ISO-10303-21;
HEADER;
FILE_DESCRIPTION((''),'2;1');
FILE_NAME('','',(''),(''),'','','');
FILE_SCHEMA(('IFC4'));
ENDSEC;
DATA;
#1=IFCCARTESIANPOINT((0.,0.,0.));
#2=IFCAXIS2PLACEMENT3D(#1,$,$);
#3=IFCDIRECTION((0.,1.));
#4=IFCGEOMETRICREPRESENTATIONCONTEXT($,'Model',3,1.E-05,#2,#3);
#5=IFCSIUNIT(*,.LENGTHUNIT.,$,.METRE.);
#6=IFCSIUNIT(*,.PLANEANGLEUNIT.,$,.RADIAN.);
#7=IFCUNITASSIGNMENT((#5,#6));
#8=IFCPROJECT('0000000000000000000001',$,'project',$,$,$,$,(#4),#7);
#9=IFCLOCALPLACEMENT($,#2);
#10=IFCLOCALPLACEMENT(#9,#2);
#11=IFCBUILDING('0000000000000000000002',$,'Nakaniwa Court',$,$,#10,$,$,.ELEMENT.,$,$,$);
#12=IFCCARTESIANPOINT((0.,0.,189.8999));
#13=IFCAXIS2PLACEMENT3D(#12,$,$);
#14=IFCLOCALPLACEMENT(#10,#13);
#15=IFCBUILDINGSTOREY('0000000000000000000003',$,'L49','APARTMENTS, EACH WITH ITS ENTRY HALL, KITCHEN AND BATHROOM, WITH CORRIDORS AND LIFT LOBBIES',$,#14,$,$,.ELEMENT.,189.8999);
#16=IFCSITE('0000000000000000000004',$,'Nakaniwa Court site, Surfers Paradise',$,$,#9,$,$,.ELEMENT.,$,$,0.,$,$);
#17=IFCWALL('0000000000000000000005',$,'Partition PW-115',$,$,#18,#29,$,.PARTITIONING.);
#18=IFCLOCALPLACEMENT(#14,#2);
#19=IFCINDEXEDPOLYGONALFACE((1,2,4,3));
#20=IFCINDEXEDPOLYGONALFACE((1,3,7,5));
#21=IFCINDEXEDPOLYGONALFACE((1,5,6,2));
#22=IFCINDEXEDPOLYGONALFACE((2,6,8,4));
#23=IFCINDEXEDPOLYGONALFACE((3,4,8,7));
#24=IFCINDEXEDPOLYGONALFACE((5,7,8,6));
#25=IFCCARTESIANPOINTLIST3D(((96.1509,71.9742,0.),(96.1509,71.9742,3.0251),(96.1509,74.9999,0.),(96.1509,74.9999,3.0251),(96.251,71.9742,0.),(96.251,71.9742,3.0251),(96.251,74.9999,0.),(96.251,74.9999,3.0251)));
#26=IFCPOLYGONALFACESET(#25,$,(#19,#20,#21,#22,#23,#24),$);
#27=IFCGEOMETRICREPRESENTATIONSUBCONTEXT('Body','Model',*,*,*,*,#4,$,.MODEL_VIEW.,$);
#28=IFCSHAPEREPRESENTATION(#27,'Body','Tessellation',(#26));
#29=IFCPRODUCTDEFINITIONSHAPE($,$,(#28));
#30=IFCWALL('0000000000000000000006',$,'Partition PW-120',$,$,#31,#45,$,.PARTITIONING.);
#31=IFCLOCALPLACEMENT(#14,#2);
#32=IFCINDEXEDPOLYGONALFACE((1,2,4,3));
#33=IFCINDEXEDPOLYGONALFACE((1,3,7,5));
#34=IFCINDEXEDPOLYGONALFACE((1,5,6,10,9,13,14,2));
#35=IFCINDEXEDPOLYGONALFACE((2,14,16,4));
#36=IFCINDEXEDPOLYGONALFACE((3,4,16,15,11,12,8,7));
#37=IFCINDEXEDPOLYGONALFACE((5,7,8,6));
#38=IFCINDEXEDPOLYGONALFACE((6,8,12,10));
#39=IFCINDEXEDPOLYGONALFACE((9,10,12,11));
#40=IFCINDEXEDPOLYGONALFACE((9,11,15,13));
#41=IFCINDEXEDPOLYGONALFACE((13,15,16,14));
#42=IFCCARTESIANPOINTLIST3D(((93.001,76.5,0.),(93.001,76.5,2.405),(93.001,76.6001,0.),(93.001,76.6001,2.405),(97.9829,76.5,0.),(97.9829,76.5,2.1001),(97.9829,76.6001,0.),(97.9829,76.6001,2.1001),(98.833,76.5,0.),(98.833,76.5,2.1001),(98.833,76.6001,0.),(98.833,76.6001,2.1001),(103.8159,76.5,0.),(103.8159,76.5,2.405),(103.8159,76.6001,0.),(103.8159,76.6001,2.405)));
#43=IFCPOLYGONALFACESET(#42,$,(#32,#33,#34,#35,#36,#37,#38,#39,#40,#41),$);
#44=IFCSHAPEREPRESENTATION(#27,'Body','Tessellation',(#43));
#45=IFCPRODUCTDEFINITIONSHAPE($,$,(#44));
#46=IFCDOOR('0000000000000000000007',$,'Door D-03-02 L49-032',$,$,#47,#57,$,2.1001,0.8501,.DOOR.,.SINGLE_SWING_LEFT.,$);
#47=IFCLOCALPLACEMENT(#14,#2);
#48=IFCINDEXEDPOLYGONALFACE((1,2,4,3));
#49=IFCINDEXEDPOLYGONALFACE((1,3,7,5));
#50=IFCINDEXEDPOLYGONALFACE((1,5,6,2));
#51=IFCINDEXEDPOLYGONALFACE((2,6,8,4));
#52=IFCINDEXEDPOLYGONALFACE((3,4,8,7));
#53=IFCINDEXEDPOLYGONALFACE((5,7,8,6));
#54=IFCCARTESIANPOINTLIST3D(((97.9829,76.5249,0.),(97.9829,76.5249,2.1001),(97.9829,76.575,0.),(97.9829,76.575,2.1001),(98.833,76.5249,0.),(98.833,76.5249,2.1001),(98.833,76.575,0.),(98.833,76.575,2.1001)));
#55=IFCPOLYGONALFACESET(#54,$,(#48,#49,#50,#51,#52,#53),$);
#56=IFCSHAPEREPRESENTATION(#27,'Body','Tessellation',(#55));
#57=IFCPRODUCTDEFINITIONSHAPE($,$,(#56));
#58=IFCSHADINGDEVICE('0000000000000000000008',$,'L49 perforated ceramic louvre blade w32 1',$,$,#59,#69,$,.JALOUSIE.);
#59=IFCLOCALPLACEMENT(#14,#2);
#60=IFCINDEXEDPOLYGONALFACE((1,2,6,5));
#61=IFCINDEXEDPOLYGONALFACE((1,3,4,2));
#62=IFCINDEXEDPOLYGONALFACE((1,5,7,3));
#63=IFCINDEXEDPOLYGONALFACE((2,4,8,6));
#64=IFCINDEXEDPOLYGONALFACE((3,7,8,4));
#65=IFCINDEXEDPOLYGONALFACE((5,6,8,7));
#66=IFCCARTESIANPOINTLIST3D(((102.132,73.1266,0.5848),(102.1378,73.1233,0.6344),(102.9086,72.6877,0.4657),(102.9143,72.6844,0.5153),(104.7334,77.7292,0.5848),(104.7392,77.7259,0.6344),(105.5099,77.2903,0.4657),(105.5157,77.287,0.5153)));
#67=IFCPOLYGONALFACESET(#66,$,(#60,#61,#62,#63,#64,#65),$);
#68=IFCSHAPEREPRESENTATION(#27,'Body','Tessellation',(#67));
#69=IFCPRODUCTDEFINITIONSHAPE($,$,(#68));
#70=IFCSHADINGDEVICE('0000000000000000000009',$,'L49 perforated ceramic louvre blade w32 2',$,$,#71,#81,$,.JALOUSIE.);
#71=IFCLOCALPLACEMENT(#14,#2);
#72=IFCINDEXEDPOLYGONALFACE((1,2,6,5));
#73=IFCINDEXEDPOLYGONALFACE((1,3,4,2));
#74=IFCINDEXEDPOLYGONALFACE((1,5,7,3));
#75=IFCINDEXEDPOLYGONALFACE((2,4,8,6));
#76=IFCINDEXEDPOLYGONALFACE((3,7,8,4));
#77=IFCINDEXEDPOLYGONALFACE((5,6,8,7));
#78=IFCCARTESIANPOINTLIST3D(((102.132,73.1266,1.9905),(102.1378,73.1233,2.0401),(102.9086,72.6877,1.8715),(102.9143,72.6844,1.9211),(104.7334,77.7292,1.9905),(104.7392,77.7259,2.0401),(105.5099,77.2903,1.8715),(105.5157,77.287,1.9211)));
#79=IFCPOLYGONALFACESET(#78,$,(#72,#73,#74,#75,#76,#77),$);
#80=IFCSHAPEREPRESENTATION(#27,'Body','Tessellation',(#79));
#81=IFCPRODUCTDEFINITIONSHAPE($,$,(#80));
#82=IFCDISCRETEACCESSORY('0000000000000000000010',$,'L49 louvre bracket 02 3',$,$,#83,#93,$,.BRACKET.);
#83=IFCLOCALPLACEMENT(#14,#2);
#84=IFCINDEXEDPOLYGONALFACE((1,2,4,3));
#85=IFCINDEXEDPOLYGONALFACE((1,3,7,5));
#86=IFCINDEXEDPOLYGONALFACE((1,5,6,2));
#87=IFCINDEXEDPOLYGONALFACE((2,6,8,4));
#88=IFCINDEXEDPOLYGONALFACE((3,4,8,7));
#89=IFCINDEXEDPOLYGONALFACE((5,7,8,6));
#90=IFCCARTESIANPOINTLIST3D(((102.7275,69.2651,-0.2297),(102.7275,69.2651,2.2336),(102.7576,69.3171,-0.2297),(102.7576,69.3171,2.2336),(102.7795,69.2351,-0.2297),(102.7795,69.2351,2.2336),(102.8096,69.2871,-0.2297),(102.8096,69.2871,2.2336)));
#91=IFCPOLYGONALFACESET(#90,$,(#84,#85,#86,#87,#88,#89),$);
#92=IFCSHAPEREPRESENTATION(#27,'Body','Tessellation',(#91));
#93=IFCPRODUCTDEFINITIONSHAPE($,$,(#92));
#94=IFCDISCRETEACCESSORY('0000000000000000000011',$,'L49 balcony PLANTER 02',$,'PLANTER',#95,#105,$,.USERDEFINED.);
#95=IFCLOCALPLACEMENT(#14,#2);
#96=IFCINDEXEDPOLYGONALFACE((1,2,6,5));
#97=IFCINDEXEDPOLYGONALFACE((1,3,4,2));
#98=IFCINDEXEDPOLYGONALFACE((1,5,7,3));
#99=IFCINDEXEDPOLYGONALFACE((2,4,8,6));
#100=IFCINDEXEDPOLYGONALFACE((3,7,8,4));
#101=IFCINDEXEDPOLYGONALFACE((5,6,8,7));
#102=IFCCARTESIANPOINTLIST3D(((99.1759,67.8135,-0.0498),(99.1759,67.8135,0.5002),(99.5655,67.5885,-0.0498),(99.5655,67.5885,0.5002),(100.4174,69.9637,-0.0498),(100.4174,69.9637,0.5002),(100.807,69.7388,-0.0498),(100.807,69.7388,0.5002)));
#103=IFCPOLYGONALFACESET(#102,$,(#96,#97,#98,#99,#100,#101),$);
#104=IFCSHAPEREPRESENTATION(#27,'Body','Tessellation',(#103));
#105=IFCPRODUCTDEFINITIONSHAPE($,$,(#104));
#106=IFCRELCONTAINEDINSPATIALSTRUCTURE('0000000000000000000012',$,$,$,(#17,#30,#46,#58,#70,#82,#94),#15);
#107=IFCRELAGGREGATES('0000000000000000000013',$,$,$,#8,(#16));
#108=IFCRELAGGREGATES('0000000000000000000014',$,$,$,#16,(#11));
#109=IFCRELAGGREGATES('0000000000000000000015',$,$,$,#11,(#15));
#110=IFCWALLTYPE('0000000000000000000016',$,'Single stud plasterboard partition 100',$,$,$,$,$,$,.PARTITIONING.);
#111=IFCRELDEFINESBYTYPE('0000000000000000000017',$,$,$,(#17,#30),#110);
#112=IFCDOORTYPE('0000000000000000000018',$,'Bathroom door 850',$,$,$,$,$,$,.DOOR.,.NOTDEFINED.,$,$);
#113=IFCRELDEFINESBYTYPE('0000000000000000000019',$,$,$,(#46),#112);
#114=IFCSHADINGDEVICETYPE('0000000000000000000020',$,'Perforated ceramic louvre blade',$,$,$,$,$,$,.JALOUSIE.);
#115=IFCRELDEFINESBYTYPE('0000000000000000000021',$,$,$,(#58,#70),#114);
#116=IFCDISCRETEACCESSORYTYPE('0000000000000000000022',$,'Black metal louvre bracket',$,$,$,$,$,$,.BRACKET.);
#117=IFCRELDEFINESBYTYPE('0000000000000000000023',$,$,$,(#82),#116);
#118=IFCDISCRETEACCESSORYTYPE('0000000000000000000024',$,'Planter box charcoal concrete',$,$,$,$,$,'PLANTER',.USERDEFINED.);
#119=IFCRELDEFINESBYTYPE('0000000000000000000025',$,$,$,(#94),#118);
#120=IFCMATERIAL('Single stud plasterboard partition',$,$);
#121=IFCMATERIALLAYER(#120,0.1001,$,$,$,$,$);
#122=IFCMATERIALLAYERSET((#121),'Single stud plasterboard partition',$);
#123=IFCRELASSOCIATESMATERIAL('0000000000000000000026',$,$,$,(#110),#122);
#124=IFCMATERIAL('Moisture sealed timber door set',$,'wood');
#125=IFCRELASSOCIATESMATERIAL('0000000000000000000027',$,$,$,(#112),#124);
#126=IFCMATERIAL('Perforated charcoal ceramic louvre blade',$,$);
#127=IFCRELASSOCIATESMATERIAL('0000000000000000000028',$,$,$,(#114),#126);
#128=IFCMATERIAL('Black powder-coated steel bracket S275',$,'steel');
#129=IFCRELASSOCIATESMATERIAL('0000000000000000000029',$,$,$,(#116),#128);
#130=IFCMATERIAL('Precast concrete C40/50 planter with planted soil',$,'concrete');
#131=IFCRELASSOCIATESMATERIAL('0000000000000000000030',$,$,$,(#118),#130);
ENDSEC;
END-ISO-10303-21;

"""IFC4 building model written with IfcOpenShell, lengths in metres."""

from ifc_helpers import new_model, si_unit, direction, frame, frame_2d, origin, origin_2d, place, context, subcontext, project, spatial, rectangle, extrude, material, layer, layer_set, material_profile, profile_set, type_object, element, fill, save


model = new_model("IFC4")

# Units and contexts
model_context = context("Model", 3, precision=1e-05, world=origin(), true_north=direction((0.0, 1.0)))
body_context = subcontext(model_context, "Body", "Model", "MODEL_VIEW")
ifc_project = project(units=[si_unit("LENGTHUNIT", "METRE"), si_unit("PLANEANGLEUNIT", "RADIAN")], contexts=[model_context])

# Site, building, storey
site_placement = place(None, origin())
site = spatial("IfcSite", under=ifc_project, at=site_placement, Name="Nakaniwa Court site, Surfers Paradise", CompositionType="ELEMENT", RefElevation=0.0)
building_placement = place(site_placement, origin())
building = spatial("IfcBuilding", under=site, at=building_placement, Name="Nakaniwa Court", CompositionType="ELEMENT")
storey_placement = place(building_placement, frame((0.0, 0.0, 189.8999)))
storey = spatial("IfcBuildingStorey", under=building, at=storey_placement, Name="L49", Description="APARTMENTS, EACH WITH ITS ENTRY HALL, KITCHEN AND BATHROOM, WITH CORRIDORS AND LIFT LOBBIES", CompositionType="ELEMENT", Elevation=189.8999)

# Shared definitions
ifc_material_1 = material(Name="Single stud plasterboard partition")
ifc_layer_1 = layer(ifc_material_1, 0.1001)
ifc_layer_set_1 = layer_set([ifc_layer_1], Name="Single stud plasterboard partition")
wall_type_1 = type_object("IfcWallType", Name="Single stud plasterboard partition 100", PredefinedType="PARTITIONING", material=ifc_layer_set_1)
ifc_material_2 = material(Name="Moisture sealed timber door set", Category="wood")
door_type_1 = type_object("IfcDoorType", Name="Bathroom door 850", OperationType="NOTDEFINED", PredefinedType="DOOR", material=ifc_material_2)

# Wall
wall_1_placement = place(storey_placement, frame((96.2009, 71.9744, 0.0), z_axis=(0.0, 0.0, 1.0), x_axis=(0.0, 1.0, 0.0)))
element("IfcWall", 1, at=wall_1_placement, inside=storey, type_object=wall_type_1, Name="Partition PW-115", PredefinedType="PARTITIONING", context=body_context, shape_type="SweptSolid", body=[
    extrude(rectangle(XDim=3.0256, YDim=0.1001, at=frame_2d((1.5127, 0.0))), origin(), (0.0, 0.0, 1.0), 3.0251),
])

# Wall, opening, door
wall_2_placement = place(storey_placement, frame((93.001, 76.55, 0.0), z_axis=(0.0, 0.0, 1.0), x_axis=(1.0, 0.0, 0.0)))
wall_2 = element("IfcWall", 2, at=wall_2_placement, inside=storey, type_object=wall_type_1, Name="Partition PW-120", PredefinedType="PARTITIONING", context=body_context, shape_type="SweptSolid", body=[
    extrude(rectangle(XDim=10.8149, YDim=0.1001, at=frame_2d((5.4075, 0.0))), origin(), (0.0, 0.0, 1.0), 2.405),
])
opening_1_placement = place(wall_2_placement, frame((4.9819, 0.0, 0.0)))
opening_1 = element("IfcOpeningElement", 3, at=opening_1_placement, cuts=wall_2, PredefinedType="OPENING", context=body_context, shape_type="SweptSolid", body=[
    extrude(rectangle(XDim=0.8501, YDim=2.1001, at=frame_2d((0.425, 1.05))), frame((0.0, 0.0601, 0.0), z_axis=(0.0, -1.0, 0.0), x_axis=(1.0, 0.0, 0.0)), (0.0, 0.0, 1.0), 0.1201),
])
door_1_placement = place(opening_1_placement, origin())
door_1 = element("IfcDoor", 4, at=door_1_placement, inside=storey, type_object=door_type_1, Name="Door D-03-02 L49-032", OperationType="SINGLE_SWING_LEFT", OverallHeight=2.1001, OverallWidth=0.8501, PredefinedType="DOOR", context=body_context, shape_type="SweptSolid", body=[
    extrude(rectangle(XDim=0.8501, YDim=2.1001, at=frame_2d((0.425, 1.05))), frame((0.0, 0.0249, 0.0), z_axis=(0.0, -1.0, 0.0), x_axis=(1.0, 0.0, 0.0)), (0.0, 0.0, 1.0), 0.05),
])
fill(opening_1, door_1)

# Shading devices
ifc_material_3 = material(Name="Perforated charcoal ceramic louvre blade")
ifc_material_profile_1 = material_profile(ifc_material_3, rectangle(XDim=0.8999, YDim=0.05, at=origin_2d()), Name="Perforated ceramic louvre blade")
ifc_profile_set_1 = profile_set([ifc_material_profile_1], Name="Perforated charcoal ceramic louvre blade")
shading_device_type = type_object("IfcShadingDeviceType", Name="Perforated ceramic louvre blade", PredefinedType="JALOUSIE", material=ifc_profile_set_1)
for number, where, z_axis, x_axis, name in (
    (5, (102.5232, 72.9055, 0.55), (0.492041, 0.870572, 0.0), (-0.862925, 0.487718, 0.132256), "L49 perforated ceramic louvre blade w32 1"),
    (6, (102.5232, 72.9055, 1.9558), (0.492041, 0.870572, 0.0), (-0.862925, 0.487718, 0.132256), "L49 perforated ceramic louvre blade w32 2"),
):
    element("IfcShadingDevice", number, at=place(storey_placement, frame(where, z_axis=z_axis, x_axis=x_axis)), inside=storey, type_object=shading_device_type, Name=name, PredefinedType="JALOUSIE", context=body_context, shape_type="SweptSolid", body=[
        extrude(rectangle(XDim=0.8999, YDim=0.05, at=origin_2d()), origin(), (0.0, 0.0, 1.0), 5.2869),
    ])

# Discrete accessories
ifc_material_4 = material(Name="Black powder-coated steel bracket S275", Category="steel")
discrete_accessory_type_1 = type_object("IfcDiscreteAccessoryType", Name="Black metal louvre bracket", PredefinedType="BRACKET", material=ifc_material_4)
discrete_accessory_1_placement = place(storey_placement, frame((102.7686, 69.2761, -0.2297), z_axis=(0.0, 0.0, 1.0), x_axis=(0.500017, 0.866016, 0.0)))
element("IfcDiscreteAccessory", 7, at=discrete_accessory_1_placement, inside=storey, type_object=discrete_accessory_type_1, Name="L49 louvre bracket 02 3", PredefinedType="BRACKET", context=body_context, shape_type="SweptSolid", body=[
    extrude(rectangle(XDim=0.0601, YDim=0.0601, at=origin_2d()), origin(), (0.0, 0.0, 1.0), 2.4634),
])
ifc_material_5 = material(Name="Precast concrete C40/50 planter with planted soil", Category="concrete")
discrete_accessory_type_2 = type_object("IfcDiscreteAccessoryType", Name="Planter box charcoal concrete", ElementType="PLANTER", PredefinedType="USERDEFINED", material=ifc_material_5)
discrete_accessory_2_placement = place(storey_placement, frame((99.9915, 68.7761, -0.0498), z_axis=(0.0, 0.0, 1.0), x_axis=(0.500017, 0.866016, 0.0)))
element("IfcDiscreteAccessory", 8, at=discrete_accessory_2_placement, inside=storey, type_object=discrete_accessory_type_2, Name="L49 balcony PLANTER 02", ObjectType="PLANTER", PredefinedType="USERDEFINED", context=body_context, shape_type="SweptSolid", body=[
    extrude(rectangle(XDim=2.4829, YDim=0.45, at=origin_2d()), origin(), (0.0, 0.0, 1.0), 0.55),
])

save(model, "model.ifc")
